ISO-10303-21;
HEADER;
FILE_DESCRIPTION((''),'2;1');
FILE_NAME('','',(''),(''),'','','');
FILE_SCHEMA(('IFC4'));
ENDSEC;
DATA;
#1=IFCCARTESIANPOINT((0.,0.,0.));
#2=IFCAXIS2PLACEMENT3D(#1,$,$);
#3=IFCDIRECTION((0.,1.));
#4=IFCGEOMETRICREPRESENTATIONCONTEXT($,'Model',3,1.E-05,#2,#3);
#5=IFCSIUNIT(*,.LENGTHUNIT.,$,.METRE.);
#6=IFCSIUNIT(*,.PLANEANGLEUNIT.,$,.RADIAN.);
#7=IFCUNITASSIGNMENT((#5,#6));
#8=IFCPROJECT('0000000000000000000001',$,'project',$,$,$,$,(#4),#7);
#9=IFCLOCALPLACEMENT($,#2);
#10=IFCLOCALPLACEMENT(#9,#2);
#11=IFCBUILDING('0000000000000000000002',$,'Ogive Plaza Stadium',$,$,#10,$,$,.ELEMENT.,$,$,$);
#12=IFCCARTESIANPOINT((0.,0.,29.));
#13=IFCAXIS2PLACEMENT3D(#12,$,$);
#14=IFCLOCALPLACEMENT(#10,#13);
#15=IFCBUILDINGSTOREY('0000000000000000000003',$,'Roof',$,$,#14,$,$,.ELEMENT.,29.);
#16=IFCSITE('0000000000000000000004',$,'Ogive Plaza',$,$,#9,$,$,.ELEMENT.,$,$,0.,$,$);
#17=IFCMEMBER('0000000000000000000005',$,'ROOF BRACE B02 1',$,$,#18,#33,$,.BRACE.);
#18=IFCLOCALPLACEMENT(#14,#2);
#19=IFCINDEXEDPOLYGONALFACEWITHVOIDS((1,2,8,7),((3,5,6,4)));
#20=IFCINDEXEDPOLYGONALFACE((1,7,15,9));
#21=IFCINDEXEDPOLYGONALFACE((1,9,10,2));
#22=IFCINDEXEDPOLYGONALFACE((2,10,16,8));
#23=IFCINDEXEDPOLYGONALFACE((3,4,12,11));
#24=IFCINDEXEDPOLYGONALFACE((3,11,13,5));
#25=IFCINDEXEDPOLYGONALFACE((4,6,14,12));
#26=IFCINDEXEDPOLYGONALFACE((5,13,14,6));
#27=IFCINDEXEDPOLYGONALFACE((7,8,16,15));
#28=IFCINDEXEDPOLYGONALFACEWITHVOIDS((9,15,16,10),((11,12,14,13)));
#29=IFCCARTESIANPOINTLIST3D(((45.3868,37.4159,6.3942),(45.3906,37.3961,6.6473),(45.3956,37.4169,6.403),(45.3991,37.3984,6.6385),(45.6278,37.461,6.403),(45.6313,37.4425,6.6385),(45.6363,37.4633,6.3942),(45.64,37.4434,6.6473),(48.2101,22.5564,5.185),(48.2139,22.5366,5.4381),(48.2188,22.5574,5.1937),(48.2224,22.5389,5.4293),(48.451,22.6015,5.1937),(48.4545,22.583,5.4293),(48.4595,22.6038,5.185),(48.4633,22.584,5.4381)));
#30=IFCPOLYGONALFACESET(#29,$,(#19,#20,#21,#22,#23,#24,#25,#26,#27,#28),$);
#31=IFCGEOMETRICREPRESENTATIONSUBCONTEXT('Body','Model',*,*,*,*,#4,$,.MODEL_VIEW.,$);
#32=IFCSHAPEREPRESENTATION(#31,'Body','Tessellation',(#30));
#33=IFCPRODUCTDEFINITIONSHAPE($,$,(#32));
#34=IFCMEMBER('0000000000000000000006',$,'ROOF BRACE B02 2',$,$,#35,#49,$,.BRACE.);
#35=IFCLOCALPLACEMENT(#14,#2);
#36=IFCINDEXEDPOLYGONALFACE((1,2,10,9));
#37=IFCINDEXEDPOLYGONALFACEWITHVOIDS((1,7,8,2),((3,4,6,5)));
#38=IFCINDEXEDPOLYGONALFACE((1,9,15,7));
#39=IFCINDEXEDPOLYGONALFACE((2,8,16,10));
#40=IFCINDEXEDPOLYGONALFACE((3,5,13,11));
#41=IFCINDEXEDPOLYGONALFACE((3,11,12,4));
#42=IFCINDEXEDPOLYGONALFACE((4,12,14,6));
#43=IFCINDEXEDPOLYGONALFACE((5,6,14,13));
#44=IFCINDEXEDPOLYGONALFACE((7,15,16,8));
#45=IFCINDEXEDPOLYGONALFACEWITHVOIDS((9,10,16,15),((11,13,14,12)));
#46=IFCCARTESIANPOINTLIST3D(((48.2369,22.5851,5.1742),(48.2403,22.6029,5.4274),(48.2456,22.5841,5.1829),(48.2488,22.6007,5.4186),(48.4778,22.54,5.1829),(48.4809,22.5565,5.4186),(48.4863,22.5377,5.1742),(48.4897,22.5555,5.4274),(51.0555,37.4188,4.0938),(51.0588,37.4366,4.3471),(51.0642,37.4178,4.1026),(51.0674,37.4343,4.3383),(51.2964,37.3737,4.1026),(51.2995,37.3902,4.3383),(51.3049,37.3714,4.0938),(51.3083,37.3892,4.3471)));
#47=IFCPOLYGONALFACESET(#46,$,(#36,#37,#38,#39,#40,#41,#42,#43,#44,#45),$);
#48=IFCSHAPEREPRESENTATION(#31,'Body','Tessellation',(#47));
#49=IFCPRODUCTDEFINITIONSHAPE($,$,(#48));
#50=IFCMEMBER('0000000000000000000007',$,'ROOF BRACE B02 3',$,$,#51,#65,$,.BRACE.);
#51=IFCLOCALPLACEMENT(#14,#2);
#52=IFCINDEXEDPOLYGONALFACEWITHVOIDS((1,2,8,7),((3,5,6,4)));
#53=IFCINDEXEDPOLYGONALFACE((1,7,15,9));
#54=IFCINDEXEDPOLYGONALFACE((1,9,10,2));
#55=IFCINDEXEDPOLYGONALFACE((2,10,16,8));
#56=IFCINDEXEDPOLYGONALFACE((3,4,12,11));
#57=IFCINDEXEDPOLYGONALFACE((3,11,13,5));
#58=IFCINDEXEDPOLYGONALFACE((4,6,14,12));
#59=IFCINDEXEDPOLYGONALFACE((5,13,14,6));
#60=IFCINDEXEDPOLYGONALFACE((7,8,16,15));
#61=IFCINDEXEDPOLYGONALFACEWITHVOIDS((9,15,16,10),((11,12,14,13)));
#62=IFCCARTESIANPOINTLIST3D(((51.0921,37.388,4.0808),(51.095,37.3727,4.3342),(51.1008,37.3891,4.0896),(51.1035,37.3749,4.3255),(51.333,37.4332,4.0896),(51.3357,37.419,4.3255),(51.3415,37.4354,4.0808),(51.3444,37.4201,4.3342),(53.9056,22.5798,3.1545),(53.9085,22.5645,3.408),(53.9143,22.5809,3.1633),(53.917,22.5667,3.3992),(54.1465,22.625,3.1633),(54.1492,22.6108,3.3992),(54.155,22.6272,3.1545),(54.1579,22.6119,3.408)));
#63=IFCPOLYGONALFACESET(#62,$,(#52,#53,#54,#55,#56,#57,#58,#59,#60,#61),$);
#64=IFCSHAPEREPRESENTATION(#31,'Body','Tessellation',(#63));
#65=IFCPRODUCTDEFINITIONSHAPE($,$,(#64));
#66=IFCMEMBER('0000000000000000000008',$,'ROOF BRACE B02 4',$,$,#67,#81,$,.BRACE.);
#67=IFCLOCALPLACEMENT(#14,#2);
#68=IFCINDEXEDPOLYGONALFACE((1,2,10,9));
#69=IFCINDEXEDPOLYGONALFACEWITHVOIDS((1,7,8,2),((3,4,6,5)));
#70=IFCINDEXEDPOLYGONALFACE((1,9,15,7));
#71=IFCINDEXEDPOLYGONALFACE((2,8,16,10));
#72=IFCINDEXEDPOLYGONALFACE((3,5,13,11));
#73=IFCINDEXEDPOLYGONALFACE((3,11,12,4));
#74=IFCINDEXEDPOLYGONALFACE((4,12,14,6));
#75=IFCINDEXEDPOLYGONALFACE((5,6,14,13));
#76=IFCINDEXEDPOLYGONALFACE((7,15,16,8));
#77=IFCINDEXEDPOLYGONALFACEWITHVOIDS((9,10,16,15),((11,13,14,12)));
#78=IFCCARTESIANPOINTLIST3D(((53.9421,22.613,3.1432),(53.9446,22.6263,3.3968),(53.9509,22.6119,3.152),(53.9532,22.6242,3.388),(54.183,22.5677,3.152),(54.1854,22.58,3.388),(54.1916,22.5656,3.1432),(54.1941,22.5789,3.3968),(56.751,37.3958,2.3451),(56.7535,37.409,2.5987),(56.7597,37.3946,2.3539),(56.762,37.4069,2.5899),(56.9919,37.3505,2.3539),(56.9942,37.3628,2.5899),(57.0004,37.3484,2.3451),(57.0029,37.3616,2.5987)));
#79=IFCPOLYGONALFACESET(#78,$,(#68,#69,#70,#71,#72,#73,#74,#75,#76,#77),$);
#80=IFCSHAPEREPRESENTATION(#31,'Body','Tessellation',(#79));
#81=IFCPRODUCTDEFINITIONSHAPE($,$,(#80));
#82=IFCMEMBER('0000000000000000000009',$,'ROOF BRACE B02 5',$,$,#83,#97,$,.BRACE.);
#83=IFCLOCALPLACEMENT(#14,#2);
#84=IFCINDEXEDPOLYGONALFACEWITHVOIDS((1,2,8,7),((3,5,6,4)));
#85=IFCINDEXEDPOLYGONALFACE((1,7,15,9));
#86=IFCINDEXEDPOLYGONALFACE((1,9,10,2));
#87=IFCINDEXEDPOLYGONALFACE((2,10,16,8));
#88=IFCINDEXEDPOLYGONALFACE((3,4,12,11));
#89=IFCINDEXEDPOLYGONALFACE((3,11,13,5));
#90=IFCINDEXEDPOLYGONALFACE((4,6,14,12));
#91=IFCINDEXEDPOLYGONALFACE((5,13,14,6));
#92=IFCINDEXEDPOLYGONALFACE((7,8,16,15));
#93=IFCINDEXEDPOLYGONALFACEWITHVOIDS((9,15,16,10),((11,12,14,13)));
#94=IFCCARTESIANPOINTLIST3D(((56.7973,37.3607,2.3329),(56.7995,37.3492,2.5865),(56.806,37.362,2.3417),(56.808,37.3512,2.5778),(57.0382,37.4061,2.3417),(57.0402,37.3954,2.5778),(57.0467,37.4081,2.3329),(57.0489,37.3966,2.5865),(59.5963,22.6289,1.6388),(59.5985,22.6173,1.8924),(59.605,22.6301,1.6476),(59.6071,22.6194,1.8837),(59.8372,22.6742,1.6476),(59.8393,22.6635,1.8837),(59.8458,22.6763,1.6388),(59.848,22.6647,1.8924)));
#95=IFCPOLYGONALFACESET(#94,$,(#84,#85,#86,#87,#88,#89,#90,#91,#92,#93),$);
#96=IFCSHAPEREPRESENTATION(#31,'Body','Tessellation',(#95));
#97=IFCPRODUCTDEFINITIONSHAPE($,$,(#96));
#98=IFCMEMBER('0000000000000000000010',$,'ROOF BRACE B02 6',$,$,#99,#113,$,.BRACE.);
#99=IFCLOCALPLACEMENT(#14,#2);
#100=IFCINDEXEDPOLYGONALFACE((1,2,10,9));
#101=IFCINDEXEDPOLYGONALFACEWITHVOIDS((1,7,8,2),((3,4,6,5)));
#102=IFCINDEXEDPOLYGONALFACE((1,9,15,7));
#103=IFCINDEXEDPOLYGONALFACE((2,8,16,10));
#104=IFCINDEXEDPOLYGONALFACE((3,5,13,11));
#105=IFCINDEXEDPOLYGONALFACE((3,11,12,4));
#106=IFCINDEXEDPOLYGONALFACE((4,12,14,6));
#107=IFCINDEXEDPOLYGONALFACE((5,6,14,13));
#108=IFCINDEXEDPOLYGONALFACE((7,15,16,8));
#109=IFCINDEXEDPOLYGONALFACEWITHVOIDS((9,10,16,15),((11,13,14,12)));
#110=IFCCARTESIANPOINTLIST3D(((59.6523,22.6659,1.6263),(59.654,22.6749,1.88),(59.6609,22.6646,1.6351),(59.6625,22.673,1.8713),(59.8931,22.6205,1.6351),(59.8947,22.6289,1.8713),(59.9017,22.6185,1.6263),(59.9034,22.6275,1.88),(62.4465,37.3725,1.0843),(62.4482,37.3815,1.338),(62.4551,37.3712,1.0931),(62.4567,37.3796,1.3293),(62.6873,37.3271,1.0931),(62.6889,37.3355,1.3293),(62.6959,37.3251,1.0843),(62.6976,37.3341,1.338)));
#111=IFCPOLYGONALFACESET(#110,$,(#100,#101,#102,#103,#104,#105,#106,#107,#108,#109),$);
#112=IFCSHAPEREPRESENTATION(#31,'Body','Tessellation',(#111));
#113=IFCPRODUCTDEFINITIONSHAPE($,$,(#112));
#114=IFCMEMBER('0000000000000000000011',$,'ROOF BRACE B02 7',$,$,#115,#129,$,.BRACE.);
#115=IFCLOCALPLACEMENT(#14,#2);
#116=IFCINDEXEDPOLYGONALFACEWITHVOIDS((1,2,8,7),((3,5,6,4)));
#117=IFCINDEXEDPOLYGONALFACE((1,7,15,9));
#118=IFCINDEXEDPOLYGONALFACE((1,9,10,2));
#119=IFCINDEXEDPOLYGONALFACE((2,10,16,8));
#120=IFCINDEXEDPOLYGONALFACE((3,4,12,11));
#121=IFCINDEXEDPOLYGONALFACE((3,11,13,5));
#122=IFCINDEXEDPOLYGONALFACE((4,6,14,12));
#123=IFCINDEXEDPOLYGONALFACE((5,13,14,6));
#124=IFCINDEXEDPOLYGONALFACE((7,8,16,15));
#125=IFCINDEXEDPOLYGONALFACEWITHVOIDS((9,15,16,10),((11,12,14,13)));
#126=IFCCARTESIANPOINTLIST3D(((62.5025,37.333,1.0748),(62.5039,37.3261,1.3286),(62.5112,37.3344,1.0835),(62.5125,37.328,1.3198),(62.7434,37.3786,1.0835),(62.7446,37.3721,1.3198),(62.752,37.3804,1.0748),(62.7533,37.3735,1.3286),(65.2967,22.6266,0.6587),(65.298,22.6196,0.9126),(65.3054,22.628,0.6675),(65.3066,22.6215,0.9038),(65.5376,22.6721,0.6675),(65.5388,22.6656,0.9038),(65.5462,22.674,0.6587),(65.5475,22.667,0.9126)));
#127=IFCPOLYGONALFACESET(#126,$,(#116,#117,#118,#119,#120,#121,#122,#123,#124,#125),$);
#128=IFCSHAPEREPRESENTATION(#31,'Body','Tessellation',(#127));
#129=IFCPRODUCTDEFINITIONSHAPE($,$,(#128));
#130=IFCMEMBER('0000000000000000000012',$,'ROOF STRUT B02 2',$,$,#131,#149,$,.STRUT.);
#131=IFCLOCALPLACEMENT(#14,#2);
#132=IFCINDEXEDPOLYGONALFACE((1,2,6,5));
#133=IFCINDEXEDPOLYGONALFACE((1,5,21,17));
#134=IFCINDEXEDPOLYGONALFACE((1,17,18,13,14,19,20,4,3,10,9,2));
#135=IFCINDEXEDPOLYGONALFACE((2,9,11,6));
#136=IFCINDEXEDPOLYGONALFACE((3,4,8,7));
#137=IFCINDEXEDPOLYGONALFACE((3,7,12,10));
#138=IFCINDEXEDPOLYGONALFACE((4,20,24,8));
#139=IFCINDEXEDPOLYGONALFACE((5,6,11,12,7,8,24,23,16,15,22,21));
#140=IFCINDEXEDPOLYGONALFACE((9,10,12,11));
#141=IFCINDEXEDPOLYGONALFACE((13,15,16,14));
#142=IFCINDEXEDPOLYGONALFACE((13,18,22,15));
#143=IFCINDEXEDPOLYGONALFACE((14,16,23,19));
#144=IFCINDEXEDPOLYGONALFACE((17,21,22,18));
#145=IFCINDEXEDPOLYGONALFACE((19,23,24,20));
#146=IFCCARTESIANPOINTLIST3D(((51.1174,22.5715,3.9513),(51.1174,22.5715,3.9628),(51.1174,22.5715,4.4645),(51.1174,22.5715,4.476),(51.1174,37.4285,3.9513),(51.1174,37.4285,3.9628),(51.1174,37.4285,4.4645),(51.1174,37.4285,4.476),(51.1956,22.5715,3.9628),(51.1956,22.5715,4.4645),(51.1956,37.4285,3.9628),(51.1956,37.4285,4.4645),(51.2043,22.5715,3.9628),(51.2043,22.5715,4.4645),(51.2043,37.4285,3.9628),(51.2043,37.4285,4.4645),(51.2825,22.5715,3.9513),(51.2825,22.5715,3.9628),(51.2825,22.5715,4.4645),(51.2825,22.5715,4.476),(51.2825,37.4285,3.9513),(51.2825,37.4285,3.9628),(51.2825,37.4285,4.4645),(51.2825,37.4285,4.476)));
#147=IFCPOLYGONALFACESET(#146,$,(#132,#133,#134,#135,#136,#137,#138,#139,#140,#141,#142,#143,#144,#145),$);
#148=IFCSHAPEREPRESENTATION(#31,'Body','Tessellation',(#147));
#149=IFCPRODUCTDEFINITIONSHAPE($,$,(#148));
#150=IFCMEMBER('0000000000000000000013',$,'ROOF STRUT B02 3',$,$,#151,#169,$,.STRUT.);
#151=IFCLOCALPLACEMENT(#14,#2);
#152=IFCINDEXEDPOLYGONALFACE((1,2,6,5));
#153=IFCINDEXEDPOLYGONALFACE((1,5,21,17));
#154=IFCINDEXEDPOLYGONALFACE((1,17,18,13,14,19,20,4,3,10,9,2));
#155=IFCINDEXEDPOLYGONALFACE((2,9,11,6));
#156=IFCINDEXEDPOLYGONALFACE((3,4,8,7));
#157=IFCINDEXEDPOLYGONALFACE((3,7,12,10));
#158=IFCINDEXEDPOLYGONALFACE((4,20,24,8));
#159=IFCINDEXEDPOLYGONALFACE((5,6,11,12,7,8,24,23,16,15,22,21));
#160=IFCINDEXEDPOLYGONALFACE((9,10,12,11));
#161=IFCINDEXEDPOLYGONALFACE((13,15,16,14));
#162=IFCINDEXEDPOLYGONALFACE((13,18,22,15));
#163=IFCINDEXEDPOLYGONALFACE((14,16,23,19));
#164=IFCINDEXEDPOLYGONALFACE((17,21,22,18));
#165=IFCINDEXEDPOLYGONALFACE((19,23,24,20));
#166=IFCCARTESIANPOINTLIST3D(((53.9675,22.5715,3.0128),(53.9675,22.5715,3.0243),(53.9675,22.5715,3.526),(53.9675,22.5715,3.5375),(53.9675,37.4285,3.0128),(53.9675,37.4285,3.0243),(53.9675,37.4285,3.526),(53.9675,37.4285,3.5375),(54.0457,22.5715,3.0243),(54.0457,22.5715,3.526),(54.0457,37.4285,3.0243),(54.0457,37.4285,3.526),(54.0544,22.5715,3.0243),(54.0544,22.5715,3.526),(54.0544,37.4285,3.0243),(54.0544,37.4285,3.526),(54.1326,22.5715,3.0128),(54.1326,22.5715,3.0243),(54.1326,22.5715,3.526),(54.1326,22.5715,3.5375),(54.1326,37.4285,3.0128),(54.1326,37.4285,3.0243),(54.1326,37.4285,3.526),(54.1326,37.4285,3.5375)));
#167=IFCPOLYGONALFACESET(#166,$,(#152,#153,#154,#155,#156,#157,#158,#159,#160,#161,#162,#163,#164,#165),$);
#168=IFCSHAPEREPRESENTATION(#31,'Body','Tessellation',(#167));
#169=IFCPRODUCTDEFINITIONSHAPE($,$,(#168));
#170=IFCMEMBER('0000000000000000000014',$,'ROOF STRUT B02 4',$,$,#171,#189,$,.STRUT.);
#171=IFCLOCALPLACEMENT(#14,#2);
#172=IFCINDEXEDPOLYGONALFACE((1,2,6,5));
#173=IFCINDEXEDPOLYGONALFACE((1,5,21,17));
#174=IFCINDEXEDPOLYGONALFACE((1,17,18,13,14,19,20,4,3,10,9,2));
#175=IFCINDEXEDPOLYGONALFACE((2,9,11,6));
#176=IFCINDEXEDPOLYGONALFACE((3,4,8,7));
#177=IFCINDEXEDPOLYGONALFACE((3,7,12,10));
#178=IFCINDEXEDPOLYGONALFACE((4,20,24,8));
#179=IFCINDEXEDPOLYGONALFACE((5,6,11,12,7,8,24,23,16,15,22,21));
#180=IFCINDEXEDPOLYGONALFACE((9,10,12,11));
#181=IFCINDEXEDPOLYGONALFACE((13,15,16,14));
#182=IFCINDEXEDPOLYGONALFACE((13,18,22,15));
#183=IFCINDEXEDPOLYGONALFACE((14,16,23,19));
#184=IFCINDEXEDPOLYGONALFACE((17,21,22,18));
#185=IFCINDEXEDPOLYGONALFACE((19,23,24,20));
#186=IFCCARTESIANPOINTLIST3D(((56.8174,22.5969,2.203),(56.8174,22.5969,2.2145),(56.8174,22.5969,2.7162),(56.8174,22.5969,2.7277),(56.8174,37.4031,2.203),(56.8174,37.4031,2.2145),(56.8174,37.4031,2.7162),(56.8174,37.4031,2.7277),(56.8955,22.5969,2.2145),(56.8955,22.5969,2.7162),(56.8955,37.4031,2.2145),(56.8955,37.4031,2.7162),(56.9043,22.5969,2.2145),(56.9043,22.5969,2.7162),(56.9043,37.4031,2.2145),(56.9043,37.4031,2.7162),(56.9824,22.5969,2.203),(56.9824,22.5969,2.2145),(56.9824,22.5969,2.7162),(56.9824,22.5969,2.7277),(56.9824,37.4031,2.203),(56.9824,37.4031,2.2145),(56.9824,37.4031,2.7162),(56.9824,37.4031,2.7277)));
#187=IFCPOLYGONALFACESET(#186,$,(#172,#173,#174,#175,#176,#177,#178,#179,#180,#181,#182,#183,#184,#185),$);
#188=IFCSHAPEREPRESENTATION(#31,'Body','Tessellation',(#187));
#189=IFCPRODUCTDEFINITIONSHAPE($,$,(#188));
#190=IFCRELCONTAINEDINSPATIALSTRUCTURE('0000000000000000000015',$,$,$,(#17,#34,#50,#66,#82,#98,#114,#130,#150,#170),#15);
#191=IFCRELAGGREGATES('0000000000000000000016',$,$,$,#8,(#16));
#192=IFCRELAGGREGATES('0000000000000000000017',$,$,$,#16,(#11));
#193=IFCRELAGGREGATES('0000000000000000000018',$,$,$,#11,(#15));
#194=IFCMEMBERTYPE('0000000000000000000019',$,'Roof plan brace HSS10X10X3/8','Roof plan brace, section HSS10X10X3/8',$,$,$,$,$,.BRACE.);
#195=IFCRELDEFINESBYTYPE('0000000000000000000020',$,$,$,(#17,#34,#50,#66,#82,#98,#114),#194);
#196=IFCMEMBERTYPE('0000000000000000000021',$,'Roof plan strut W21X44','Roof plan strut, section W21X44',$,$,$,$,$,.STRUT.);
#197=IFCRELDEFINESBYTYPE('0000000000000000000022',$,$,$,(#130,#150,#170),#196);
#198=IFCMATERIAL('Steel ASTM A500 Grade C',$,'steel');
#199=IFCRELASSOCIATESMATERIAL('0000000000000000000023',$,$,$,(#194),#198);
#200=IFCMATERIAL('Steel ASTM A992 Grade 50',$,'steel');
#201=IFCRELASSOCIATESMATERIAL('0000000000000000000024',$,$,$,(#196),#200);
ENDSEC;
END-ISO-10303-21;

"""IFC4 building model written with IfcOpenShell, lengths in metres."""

from ifc_helpers import new_model, si_unit, direction, frame, origin, origin_2d, place, context, subcontext, project, spatial, hollow_rectangle, i_section, extrude, material, material_profile, profile_set, type_object, element, save


model = new_model("IFC4")

# Units and contexts
model_context = context("Model", 3, precision=1e-05, world=origin(), true_north=direction((0.0, 1.0)))
body_context = subcontext(model_context, "Body", "Model", "MODEL_VIEW")
ifc_project = project(units=[si_unit("LENGTHUNIT", "METRE"), si_unit("PLANEANGLEUNIT", "RADIAN")], contexts=[model_context])

# Site, building, storey
site_placement = place(None, origin())
site = spatial("IfcSite", under=ifc_project, at=site_placement, Name="Ogive Plaza", CompositionType="ELEMENT", RefElevation=0.0)
building_placement = place(site_placement, origin())
building = spatial("IfcBuilding", under=site, at=building_placement, Name="Ogive Plaza Stadium", CompositionType="ELEMENT")
storey_placement = place(building_placement, frame((0.0, 0.0, 29.0)))
storey = spatial("IfcBuildingStorey", under=building, at=storey_placement, Name="Roof", CompositionType="ELEMENT", Elevation=29.0)

# Members
ifc_material_1 = material(Name="Steel ASTM A500 Grade C", Category="steel")
ifc_material_profile_1 = material_profile(ifc_material_1, hollow_rectangle(XDim=0.2539, YDim=0.2539, WallThickness=0.0088, at=origin_2d()), Name="HSS10X10X3/8")
ifc_profile_set_1 = profile_set([ifc_material_profile_1], Name="Steel ASTM A500 Grade C")
member_type_1 = type_object("IfcMemberType", Name="Roof plan brace HSS10X10X3/8", Description="Roof plan brace, section HSS10X10X3/8", PredefinedType="BRACE", material=ifc_profile_set_1)
member_1_placement = place(storey_placement, frame((45.5134, 37.4297, 6.5208), z_axis=(0.186064, -0.9793, -0.079694), x_axis=(0.982425, 0.186658, 0.0)))
element("IfcMember", 1, at=member_1_placement, inside=storey, type_object=member_type_1, Name="ROOF BRACE B02 1", PredefinedType="BRACE", context=body_context, shape_type="SweptSolid", body=[
    extrude(hollow_rectangle(XDim=0.2539, YDim=0.2539, WallThickness=0.0088, at=origin_2d()), origin(), (0.0, 0.0, 1.0), 15.1736),
])
member_2_placement = place(storey_placement, frame((48.3633, 22.5703, 5.3008), z_axis=(0.186197, 0.979917, -0.071366), x_axis=(-0.982422, 0.186673, 0.0)))
element("IfcMember", 2, at=member_2_placement, inside=storey, type_object=member_type_1, Name="ROOF BRACE B02 2", PredefinedType="BRACE", context=body_context, shape_type="SweptSolid", body=[
    extrude(hollow_rectangle(XDim=0.2539, YDim=0.2539, WallThickness=0.0088, at=origin_2d()), origin(), (0.0, 0.0, 1.0), 15.1377),
])
member_3_placement = place(storey_placement, frame((51.2183, 37.4041, 4.2075), z_axis=(0.186305, -0.980575, -0.061336), x_axis=(0.982425, 0.186657, 0.0)))
element("IfcMember", 3, at=member_3_placement, inside=storey, type_object=member_type_1, Name="ROOF BRACE B02 3", PredefinedType="BRACE", context=body_context, shape_type="SweptSolid", body=[
    extrude(hollow_rectangle(XDim=0.2539, YDim=0.2539, WallThickness=0.0088, at=origin_2d()), origin(), (0.0, 0.0, 1.0), 15.1016),
])
member_4_placement = place(storey_placement, frame((54.0681, 22.5959, 3.27), z_axis=(0.186406, 0.981044, -0.052965), x_axis=(-0.982423, 0.186668, 0.0)))
element("IfcMember", 4, at=member_4_placement, inside=storey, type_object=member_type_1, Name="ROOF BRACE B02 4", PredefinedType="BRACE", context=body_context, shape_type="SweptSolid", body=[
    extrude(hollow_rectangle(XDim=0.2539, YDim=0.2539, WallThickness=0.0088, at=origin_2d()), origin(), (0.0, 0.0, 1.0), 15.0684),
])
member_5_placement = place(storey_placement, frame((56.9231, 37.3787, 2.4597), z_axis=(0.186461, -0.981374, -0.046237), x_axis=(0.982424, 0.186661, 0.0)))
element("IfcMember", 5, at=member_5_placement, inside=storey, type_object=member_type_1, Name="ROOF BRACE B02 5", PredefinedType="BRACE", context=body_context, shape_type="SweptSolid", body=[
    extrude(hollow_rectangle(XDim=0.2539, YDim=0.2539, WallThickness=0.0088, at=origin_2d()), origin(), (0.0, 0.0, 1.0), 15.0115),
])
member_6_placement = place(storey_placement, frame((59.7778, 22.6467, 1.7532), z_axis=(0.186535, 0.981782, -0.036182), x_axis=(-0.982425, 0.186657, 0.0)))
element("IfcMember", 6, at=member_6_placement, inside=storey, type_object=member_type_1, Name="ROOF BRACE B02 6", PredefinedType="BRACE", context=body_context, shape_type="SweptSolid", body=[
    extrude(hollow_rectangle(XDim=0.2539, YDim=0.2539, WallThickness=0.0088, at=origin_2d()), origin(), (0.0, 0.0, 1.0), 14.9795),
])
member_7_placement = place(storey_placement, frame((62.6279, 37.3533, 1.2017), z_axis=(0.186585, -0.982046, -0.02778), x_axis=(0.982425, 0.186657, 0.0)))
element("IfcMember", 7, at=member_7_placement, inside=storey, type_object=member_type_1, Name="ROOF BRACE B02 7", PredefinedType="BRACE", context=body_context, shape_type="SweptSolid", body=[
    extrude(hollow_rectangle(XDim=0.2539, YDim=0.2539, WallThickness=0.0088, at=origin_2d()), origin(), (0.0, 0.0, 1.0), 14.9753),
])
ifc_material_2 = material(Name="Steel ASTM A992 Grade 50", Category="steel")
ifc_material_profile_2 = material_profile(ifc_material_2, i_section(OverallWidth=0.165, OverallDepth=0.5247, WebThickness=0.0088, FlangeThickness=0.0115, at=origin_2d()), Name="W21X44")
ifc_profile_set_2 = profile_set([ifc_material_profile_2], Name="Steel ASTM A992 Grade 50")
member_type_2 = type_object("IfcMemberType", Name="Roof plan strut W21X44", Description="Roof plan strut, section W21X44", PredefinedType="STRUT", material=ifc_profile_set_2)
for number, where, z_axis, x_axis, name in (
    (8, (51.2, 37.4285, 4.2136), (0.0, -1.0, 0.0), (1.0, 0.0, 0.0), "ROOF STRUT B02 2"),
    (9, (54.05, 37.4285, 3.2751), (0.0, -1.0, 0.0), (1.0, 0.0, 0.0), "ROOF STRUT B02 3"),
):
    element("IfcMember", number, at=place(storey_placement, frame(where, z_axis=z_axis, x_axis=x_axis)), inside=storey, type_object=member_type_2, Name=name, PredefinedType="STRUT", context=body_context, shape_type="SweptSolid", body=[
        extrude(i_section(OverallWidth=0.165, OverallDepth=0.5247, WebThickness=0.0088, FlangeThickness=0.0115, at=origin_2d()), origin(), (0.0, 0.0, 1.0), 14.8569),
    ])
member_8_placement = place(storey_placement, frame((56.8999, 37.4031, 2.4653), z_axis=(0.0, -1.0, 0.0), x_axis=(1.0, 0.0, 0.0)))
element("IfcMember", 10, at=member_8_placement, inside=storey, type_object=member_type_2, Name="ROOF STRUT B02 4", PredefinedType="STRUT", context=body_context, shape_type="SweptSolid", body=[
    extrude(i_section(OverallWidth=0.165, OverallDepth=0.5247, WebThickness=0.0088, FlangeThickness=0.0115, at=origin_2d()), origin(), (0.0, 0.0, 1.0), 14.8062),
])

save(model, "model.ifc")
